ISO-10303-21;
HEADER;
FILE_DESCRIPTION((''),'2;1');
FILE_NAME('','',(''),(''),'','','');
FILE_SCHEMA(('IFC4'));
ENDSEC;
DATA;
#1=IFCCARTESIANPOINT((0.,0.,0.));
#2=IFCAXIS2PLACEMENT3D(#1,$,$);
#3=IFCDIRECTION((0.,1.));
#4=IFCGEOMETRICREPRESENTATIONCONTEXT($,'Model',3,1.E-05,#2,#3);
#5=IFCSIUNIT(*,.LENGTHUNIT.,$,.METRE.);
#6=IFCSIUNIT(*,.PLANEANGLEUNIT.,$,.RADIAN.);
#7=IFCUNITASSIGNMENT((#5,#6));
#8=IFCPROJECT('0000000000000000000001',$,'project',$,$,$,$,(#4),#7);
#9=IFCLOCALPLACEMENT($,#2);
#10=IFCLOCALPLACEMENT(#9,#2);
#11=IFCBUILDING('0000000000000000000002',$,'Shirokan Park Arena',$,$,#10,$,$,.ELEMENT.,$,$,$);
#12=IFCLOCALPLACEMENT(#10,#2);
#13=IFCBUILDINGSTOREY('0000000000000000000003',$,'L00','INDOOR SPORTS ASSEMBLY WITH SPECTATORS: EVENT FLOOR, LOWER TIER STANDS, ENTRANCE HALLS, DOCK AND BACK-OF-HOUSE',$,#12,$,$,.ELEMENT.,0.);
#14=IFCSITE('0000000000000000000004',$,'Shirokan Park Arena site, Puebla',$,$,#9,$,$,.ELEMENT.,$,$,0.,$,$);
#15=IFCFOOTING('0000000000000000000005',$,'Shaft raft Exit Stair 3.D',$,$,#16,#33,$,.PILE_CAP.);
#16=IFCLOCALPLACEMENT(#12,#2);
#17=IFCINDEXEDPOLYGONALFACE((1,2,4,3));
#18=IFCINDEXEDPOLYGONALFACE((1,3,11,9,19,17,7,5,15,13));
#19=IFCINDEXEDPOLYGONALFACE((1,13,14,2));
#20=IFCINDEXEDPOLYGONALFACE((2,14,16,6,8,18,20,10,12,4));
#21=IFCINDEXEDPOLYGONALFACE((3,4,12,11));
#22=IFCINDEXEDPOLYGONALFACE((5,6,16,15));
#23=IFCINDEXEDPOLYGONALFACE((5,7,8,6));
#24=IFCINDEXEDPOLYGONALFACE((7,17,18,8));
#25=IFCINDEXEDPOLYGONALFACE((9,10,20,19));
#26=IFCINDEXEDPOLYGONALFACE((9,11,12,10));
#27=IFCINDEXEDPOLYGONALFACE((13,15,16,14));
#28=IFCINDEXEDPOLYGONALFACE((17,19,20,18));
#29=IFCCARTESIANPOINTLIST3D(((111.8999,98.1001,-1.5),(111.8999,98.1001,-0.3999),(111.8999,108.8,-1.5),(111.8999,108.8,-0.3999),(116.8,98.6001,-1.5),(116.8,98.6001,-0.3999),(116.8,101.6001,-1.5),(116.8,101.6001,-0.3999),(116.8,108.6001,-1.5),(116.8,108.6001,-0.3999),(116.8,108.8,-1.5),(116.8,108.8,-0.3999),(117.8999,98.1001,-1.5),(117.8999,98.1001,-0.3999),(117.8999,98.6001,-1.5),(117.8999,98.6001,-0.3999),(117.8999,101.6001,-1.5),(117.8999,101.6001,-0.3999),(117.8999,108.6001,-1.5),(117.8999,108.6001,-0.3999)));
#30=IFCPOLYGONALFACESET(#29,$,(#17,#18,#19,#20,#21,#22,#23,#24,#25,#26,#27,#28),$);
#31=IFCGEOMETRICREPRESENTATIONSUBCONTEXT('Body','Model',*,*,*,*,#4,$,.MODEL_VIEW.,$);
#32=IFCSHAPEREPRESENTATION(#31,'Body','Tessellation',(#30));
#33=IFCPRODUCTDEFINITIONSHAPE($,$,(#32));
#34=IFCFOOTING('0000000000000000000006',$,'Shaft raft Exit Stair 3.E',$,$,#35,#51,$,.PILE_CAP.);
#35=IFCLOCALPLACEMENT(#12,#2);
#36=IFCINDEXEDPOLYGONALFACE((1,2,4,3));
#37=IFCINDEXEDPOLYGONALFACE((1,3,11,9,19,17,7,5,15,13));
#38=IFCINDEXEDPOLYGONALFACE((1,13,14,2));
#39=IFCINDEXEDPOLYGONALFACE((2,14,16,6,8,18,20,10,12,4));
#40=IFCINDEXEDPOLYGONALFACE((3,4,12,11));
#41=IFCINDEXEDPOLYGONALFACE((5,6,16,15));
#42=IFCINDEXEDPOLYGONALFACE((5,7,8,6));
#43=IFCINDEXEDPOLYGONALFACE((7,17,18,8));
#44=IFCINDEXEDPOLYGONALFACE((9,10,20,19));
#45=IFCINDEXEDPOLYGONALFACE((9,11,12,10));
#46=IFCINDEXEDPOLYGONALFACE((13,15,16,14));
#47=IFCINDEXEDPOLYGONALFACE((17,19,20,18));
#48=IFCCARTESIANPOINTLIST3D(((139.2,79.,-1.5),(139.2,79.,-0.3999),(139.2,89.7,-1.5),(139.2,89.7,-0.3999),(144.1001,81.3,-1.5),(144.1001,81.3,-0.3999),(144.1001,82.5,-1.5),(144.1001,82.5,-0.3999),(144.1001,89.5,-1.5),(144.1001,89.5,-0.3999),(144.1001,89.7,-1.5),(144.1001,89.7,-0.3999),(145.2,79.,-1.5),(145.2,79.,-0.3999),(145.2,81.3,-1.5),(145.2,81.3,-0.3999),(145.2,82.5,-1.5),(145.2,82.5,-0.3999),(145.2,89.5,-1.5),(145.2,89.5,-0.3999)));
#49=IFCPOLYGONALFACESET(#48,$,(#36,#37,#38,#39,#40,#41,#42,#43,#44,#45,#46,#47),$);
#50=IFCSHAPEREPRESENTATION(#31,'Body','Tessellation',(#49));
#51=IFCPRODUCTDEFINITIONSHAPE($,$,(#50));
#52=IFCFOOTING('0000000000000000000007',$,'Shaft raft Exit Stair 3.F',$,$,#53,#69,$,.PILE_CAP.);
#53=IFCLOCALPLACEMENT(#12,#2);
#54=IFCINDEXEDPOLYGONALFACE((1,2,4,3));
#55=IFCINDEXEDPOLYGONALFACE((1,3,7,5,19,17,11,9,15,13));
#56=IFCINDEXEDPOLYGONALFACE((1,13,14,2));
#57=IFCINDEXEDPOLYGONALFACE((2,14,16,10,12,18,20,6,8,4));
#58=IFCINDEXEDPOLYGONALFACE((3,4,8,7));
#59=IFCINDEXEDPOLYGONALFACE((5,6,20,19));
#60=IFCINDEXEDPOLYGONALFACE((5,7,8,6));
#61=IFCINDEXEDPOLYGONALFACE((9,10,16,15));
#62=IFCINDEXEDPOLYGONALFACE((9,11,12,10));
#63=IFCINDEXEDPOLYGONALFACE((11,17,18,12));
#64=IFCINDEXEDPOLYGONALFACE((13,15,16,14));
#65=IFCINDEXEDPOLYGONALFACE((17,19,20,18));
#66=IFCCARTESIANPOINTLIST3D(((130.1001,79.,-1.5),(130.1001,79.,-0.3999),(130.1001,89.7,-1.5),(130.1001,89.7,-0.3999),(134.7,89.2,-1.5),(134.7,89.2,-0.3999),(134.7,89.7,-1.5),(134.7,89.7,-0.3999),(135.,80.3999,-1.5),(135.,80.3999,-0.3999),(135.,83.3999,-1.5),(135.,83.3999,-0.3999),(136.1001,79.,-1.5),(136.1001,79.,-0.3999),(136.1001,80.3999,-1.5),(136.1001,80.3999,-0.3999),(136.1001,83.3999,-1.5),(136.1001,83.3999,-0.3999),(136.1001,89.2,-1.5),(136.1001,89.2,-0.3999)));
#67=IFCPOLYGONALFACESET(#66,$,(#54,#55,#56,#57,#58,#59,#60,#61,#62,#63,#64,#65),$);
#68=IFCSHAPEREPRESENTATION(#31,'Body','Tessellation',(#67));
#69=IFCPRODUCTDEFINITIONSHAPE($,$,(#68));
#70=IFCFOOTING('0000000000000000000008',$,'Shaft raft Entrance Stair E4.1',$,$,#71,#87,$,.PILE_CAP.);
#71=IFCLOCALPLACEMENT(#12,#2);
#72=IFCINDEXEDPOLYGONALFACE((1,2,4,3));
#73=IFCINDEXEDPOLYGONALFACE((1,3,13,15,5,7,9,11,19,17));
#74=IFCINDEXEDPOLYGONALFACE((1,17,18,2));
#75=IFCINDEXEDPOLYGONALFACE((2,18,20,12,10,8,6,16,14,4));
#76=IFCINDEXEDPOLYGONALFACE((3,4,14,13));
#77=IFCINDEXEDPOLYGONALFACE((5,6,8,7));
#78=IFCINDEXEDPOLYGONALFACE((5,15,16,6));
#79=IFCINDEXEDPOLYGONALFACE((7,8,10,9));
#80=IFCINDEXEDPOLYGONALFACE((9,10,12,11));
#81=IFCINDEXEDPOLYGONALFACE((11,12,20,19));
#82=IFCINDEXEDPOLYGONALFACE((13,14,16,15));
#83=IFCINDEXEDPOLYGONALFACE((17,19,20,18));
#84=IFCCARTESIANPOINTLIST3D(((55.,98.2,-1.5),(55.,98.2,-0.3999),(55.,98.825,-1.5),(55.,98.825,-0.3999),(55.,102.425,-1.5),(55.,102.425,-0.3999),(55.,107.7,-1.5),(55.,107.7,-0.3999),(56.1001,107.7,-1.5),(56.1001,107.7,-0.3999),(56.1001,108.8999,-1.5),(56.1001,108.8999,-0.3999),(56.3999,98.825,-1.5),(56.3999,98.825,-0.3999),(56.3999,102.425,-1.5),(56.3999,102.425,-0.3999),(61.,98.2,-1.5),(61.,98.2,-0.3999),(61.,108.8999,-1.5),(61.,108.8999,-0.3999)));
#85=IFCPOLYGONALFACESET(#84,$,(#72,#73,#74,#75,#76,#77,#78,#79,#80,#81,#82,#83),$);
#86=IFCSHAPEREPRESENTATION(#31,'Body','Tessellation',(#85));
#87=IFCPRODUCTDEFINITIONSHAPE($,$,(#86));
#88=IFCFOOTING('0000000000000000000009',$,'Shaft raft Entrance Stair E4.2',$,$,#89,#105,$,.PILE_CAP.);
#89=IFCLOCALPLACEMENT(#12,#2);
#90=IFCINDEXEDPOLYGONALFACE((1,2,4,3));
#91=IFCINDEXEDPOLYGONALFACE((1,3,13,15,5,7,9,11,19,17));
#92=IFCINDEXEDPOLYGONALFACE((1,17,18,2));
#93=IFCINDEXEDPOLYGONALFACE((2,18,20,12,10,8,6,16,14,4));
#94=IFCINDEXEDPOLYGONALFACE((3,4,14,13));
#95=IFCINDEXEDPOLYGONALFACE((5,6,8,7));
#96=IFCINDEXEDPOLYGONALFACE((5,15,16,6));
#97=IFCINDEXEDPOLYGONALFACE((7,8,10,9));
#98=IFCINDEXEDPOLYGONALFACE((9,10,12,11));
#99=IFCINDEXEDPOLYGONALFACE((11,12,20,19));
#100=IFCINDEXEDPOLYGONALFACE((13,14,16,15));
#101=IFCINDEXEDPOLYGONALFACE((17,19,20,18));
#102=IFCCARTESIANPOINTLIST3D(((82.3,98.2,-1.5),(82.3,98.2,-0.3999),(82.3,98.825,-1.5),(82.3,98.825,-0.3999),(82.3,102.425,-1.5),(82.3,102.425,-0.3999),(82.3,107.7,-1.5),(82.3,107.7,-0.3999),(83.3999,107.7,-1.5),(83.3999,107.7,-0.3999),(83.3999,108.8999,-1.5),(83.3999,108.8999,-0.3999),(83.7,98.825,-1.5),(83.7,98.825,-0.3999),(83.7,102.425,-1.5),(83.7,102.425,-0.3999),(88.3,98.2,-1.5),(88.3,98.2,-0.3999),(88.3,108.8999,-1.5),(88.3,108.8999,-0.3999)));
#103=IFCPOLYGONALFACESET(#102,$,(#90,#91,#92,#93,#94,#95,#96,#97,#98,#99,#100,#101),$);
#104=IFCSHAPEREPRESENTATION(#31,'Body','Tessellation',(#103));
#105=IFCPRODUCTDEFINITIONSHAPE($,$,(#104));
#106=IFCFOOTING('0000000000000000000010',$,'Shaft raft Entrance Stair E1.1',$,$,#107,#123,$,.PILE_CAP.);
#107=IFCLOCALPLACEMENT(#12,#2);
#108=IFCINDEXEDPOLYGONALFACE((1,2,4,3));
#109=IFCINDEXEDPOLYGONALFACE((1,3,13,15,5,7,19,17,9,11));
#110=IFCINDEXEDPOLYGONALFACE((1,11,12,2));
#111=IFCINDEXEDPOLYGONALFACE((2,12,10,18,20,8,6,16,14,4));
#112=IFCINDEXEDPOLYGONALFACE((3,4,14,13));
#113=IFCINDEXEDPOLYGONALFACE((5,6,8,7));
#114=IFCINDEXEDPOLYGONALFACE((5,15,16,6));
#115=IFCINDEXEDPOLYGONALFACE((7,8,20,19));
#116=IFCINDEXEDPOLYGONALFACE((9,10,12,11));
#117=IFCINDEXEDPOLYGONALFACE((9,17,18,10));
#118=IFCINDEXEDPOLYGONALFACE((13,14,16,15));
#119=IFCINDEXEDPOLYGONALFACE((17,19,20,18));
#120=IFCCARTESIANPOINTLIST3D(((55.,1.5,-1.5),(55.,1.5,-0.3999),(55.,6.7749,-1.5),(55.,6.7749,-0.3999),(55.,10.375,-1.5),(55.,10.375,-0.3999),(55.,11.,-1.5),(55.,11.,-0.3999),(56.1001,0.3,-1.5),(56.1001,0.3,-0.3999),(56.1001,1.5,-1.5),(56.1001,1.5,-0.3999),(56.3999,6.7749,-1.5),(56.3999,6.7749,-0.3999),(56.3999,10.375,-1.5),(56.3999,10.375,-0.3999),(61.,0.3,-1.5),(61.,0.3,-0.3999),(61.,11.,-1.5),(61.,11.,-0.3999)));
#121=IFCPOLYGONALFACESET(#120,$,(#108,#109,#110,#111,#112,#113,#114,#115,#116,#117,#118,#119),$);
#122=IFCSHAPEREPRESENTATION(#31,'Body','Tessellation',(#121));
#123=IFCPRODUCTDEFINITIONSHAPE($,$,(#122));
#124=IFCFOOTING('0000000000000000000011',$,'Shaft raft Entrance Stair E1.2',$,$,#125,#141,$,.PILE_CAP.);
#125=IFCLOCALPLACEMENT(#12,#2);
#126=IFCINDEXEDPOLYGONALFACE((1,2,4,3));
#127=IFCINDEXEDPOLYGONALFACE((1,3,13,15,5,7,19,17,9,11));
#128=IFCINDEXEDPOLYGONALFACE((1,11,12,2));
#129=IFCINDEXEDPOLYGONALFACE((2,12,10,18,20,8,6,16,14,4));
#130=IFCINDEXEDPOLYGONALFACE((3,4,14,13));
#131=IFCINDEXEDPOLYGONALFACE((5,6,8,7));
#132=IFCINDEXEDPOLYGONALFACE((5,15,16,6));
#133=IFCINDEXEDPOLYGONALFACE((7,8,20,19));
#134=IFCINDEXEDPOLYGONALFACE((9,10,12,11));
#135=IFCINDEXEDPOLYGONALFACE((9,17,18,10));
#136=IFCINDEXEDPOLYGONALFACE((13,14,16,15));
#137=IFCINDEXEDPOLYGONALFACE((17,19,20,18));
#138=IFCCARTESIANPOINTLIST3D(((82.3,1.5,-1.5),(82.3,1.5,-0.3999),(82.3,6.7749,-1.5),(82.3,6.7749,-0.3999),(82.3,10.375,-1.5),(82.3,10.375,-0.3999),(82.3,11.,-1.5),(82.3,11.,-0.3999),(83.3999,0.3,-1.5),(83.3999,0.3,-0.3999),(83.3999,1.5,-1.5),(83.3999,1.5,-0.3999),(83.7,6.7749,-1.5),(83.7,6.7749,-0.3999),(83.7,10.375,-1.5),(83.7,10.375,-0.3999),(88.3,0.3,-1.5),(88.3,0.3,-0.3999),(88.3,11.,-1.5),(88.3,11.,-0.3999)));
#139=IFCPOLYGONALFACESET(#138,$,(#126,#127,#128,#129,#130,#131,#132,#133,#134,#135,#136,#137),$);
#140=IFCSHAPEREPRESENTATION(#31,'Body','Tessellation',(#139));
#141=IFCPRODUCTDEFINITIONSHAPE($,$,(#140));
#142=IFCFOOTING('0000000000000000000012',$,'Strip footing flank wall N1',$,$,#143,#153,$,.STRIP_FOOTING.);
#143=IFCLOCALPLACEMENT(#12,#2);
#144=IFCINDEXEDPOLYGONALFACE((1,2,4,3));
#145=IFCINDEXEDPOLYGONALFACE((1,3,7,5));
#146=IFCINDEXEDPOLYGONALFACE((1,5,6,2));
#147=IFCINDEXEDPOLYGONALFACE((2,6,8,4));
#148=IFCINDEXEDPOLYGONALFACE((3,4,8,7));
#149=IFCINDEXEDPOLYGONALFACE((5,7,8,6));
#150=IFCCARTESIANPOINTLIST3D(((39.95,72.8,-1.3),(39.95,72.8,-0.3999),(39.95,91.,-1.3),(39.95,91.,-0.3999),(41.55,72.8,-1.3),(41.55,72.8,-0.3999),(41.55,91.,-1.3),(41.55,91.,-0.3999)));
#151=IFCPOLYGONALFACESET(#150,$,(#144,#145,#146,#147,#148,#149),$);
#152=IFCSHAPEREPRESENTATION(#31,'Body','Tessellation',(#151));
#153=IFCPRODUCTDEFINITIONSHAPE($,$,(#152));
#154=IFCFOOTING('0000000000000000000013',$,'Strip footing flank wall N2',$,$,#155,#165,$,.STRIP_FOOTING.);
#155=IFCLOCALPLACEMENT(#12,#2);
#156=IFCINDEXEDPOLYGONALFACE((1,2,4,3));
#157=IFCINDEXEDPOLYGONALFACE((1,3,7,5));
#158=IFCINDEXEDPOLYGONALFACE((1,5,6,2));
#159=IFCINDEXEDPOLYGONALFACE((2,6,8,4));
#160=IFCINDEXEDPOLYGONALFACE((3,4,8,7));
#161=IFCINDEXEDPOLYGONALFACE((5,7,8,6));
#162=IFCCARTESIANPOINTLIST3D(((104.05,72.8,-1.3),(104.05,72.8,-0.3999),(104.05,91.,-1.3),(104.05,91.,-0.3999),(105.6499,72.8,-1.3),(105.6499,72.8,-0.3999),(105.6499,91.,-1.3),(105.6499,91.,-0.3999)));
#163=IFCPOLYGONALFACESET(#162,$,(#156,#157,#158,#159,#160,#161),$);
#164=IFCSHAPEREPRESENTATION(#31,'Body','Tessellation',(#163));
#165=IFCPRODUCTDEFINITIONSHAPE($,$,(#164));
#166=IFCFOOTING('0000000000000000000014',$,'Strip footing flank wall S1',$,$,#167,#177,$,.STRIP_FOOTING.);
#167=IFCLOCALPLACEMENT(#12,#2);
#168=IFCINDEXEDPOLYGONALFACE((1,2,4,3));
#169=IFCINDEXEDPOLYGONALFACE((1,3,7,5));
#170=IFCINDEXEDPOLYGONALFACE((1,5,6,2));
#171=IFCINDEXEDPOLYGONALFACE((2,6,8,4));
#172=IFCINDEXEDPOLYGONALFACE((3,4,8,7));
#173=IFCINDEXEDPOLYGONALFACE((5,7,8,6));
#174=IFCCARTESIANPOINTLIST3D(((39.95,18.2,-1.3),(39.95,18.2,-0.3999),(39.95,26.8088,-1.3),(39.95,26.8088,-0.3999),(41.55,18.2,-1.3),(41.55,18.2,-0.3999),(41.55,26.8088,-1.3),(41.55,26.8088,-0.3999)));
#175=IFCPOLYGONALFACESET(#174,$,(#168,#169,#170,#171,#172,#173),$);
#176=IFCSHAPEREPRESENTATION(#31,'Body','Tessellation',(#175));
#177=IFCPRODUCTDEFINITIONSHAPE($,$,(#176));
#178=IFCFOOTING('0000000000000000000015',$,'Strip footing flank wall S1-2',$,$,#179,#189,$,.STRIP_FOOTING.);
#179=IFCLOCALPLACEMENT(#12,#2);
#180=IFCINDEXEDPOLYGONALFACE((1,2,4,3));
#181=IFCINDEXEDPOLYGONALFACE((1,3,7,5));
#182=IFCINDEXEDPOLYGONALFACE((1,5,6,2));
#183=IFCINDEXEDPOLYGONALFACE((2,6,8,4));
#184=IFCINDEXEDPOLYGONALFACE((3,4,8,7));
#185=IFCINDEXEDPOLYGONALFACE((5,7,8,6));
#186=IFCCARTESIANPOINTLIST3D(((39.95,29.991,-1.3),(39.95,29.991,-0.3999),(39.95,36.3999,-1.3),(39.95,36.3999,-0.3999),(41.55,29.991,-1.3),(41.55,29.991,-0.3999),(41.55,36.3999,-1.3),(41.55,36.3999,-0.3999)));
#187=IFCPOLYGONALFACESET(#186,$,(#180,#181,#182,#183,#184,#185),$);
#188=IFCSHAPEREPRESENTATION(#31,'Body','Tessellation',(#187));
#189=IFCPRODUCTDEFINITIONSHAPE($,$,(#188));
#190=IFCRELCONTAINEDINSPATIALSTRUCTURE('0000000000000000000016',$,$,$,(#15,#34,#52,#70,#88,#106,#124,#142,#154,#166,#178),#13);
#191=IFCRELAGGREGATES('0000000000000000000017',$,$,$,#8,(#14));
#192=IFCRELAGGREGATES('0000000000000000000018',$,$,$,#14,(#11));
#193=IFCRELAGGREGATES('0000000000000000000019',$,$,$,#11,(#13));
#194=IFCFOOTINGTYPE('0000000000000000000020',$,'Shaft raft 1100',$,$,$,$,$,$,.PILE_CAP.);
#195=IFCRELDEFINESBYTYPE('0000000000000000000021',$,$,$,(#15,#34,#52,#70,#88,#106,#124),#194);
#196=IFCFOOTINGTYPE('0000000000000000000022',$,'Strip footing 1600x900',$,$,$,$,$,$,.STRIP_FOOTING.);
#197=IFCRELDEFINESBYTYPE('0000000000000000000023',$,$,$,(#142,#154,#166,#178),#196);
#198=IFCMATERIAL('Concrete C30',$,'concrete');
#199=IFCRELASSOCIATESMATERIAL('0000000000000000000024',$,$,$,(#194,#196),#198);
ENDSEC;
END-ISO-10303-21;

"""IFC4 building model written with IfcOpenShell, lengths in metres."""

from ifc_helpers import new_model, si_unit, direction, frame, origin, place, context, subcontext, project, spatial, polyline, outline, extrude, material, type_object, element, save


model = new_model("IFC4")

# Units and contexts
model_context = context("Model", 3, precision=1e-05, world=origin(), true_north=direction((0.0, 1.0)))
body_context = subcontext(model_context, "Body", "Model", "MODEL_VIEW")
ifc_project = project(units=[si_unit("LENGTHUNIT", "METRE"), si_unit("PLANEANGLEUNIT", "RADIAN")], contexts=[model_context])

# Site, building, storey
site_placement = place(None, origin())
site = spatial("IfcSite", under=ifc_project, at=site_placement, Name="Shirokan Park Arena site, Puebla", CompositionType="ELEMENT", RefElevation=0.0)
building_placement = place(site_placement, origin())
building = spatial("IfcBuilding", under=site, at=building_placement, Name="Shirokan Park Arena", CompositionType="ELEMENT")
storey_placement = place(building_placement, origin())
storey = spatial("IfcBuildingStorey", under=building, at=storey_placement, Name="L00", Description="INDOOR SPORTS ASSEMBLY WITH SPECTATORS: EVENT FLOOR, LOWER TIER STANDS, ENTRANCE HALLS, DOCK AND BACK-OF-HOUSE", CompositionType="ELEMENT", Elevation=0.0)

# Footings
ifc_material = material(Name="Concrete C30", Category="concrete")
footing_type_1 = type_object("IfcFootingType", Name="Shaft raft 1100", PredefinedType="PILE_CAP", material=ifc_material)
footing_1_placement = place(storey_placement, frame((0.0, 0.0, -1.5)))
element("IfcFooting", 1, at=footing_1_placement, inside=storey, type_object=footing_type_1, Name="Shaft raft Exit Stair 3.D", PredefinedType="PILE_CAP", context=body_context, shape_type="SweptSolid", body=[
    extrude(outline(polyline([(116.8, 108.8), (116.8, 108.6001), (117.8999, 108.6001), (117.8999, 101.6001), (116.8, 101.6001), (116.8, 98.6001), (117.8999, 98.6001), (117.8999, 98.1001), (111.8999, 98.1001), (111.8999, 108.8), (116.8, 108.8)])), origin(), (0.0, 0.0, 1.0), 1.1001),
])
footing_2_placement = place(storey_placement, frame((0.0, 0.0, -1.5)))
element("IfcFooting", 2, at=footing_2_placement, inside=storey, type_object=footing_type_1, Name="Shaft raft Exit Stair 3.E", PredefinedType="PILE_CAP", context=body_context, shape_type="SweptSolid", body=[
    extrude(outline(polyline([(139.2, 89.7), (144.1001, 89.7), (144.1001, 89.5), (145.2, 89.5), (145.2, 82.5), (144.1001, 82.5), (144.1001, 81.3), (145.2, 81.3), (145.2, 79.0), (139.2, 79.0), (139.2, 89.7)])), origin(), (0.0, 0.0, 1.0), 1.1001),
])
footing_3_placement = place(storey_placement, frame((0.0, 0.0, -1.5)))
element("IfcFooting", 3, at=footing_3_placement, inside=storey, type_object=footing_type_1, Name="Shaft raft Exit Stair 3.F", PredefinedType="PILE_CAP", context=body_context, shape_type="SweptSolid", body=[
    extrude(outline(polyline([(130.1001, 79.0), (130.1001, 89.7), (134.7, 89.7), (134.7, 89.2), (136.1001, 89.2), (136.1001, 83.3999), (135.0, 83.3999), (135.0, 80.3999), (136.1001, 80.3999), (136.1001, 79.0), (130.1001, 79.0)])), origin(), (0.0, 0.0, 1.0), 1.1001),
])
footing_4_placement = place(storey_placement, frame((0.0, 0.0, -1.5)))
element("IfcFooting", 4, at=footing_4_placement, inside=storey, type_object=footing_type_1, Name="Shaft raft Entrance Stair E4.1", PredefinedType="PILE_CAP", context=body_context, shape_type="SweptSolid", body=[
    extrude(outline(polyline([(56.3999, 102.425), (55.0, 102.425), (55.0, 107.7), (56.1001, 107.7), (56.1001, 108.8999), (61.0, 108.8999), (61.0, 98.2), (55.0, 98.2), (55.0, 98.825), (56.3999, 98.825), (56.3999, 102.425)])), origin(), (0.0, 0.0, 1.0), 1.1001),
])
footing_5_placement = place(storey_placement, frame((0.0, 0.0, -1.5)))
element("IfcFooting", 5, at=footing_5_placement, inside=storey, type_object=footing_type_1, Name="Shaft raft Entrance Stair E4.2", PredefinedType="PILE_CAP", context=body_context, shape_type="SweptSolid", body=[
    extrude(outline(polyline([(82.3, 98.2), (82.3, 98.825), (83.7, 98.825), (83.7, 102.425), (82.3, 102.425), (82.3, 107.7), (83.3999, 107.7), (83.3999, 108.8999), (88.3, 108.8999), (88.3, 98.2), (82.3, 98.2)])), origin(), (0.0, 0.0, 1.0), 1.1001),
])
footing_6_placement = place(storey_placement, frame((0.0, 0.0, -1.5)))
element("IfcFooting", 6, at=footing_6_placement, inside=storey, type_object=footing_type_1, Name="Shaft raft Entrance Stair E1.1", PredefinedType="PILE_CAP", context=body_context, shape_type="SweptSolid", body=[
    extrude(outline(polyline([(61.0, 0.3), (56.1001, 0.3), (56.1001, 1.5), (55.0, 1.5), (55.0, 6.7749), (56.3999, 6.7749), (56.3999, 10.375), (55.0, 10.375), (55.0, 11.0), (61.0, 11.0), (61.0, 0.3)])), origin(), (0.0, 0.0, 1.0), 1.1001),
])
footing_7_placement = place(storey_placement, frame((0.0, 0.0, -1.5)))
element("IfcFooting", 7, at=footing_7_placement, inside=storey, type_object=footing_type_1, Name="Shaft raft Entrance Stair E1.2", PredefinedType="PILE_CAP", context=body_context, shape_type="SweptSolid", body=[
    extrude(outline(polyline([(82.3, 10.375), (82.3, 11.0), (88.3, 11.0), (88.3, 0.3), (83.3999, 0.3), (83.3999, 1.5), (82.3, 1.5), (82.3, 6.7749), (83.7, 6.7749), (83.7, 10.375), (82.3, 10.375)])), origin(), (0.0, 0.0, 1.0), 1.1001),
])
footing_type_2 = type_object("IfcFootingType", Name="Strip footing 1600x900", PredefinedType="STRIP_FOOTING", material=ifc_material)
footing_8_placement = place(storey_placement, frame((0.0, 0.0, -1.3)))
element("IfcFooting", 8, at=footing_8_placement, inside=storey, type_object=footing_type_2, Name="Strip footing flank wall N1", PredefinedType="STRIP_FOOTING", context=body_context, shape_type="SweptSolid", body=[
    extrude(outline(polyline([(39.95, 91.0), (41.55, 91.0), (41.55, 72.8), (39.95, 72.8), (39.95, 91.0)])), origin(), (0.0, 0.0, 1.0), 0.9001),
])
footing_9_placement = place(storey_placement, frame((0.0, 0.0, -1.3)))
element("IfcFooting", 9, at=footing_9_placement, inside=storey, type_object=footing_type_2, Name="Strip footing flank wall N2", PredefinedType="STRIP_FOOTING", context=body_context, shape_type="SweptSolid", body=[
    extrude(outline(polyline([(105.6499, 91.0), (105.6499, 72.8), (104.05, 72.8), (104.05, 91.0), (105.6499, 91.0)])), origin(), (0.0, 0.0, 1.0), 0.9001),
])
footing_10_placement = place(storey_placement, frame((0.0, 0.0, -1.3)))
element("IfcFooting", 10, at=footing_10_placement, inside=storey, type_object=footing_type_2, Name="Strip footing flank wall S1", PredefinedType="STRIP_FOOTING", context=body_context, shape_type="SweptSolid", body=[
    extrude(outline(polyline([(39.95, 26.8088), (41.55, 26.8088), (41.55, 18.2), (39.95, 18.2), (39.95, 26.8088)])), origin(), (0.0, 0.0, 1.0), 0.9001),
])
footing_11_placement = place(storey_placement, frame((0.0, 0.0, -1.3)))
element("IfcFooting", 11, at=footing_11_placement, inside=storey, type_object=footing_type_2, Name="Strip footing flank wall S1-2", PredefinedType="STRIP_FOOTING", context=body_context, shape_type="SweptSolid", body=[
    extrude(outline(polyline([(41.55, 36.3999), (41.55, 29.991), (39.95, 29.991), (39.95, 36.3999), (41.55, 36.3999)])), origin(), (0.0, 0.0, 1.0), 0.9001),
])

save(model, "model.ifc")
